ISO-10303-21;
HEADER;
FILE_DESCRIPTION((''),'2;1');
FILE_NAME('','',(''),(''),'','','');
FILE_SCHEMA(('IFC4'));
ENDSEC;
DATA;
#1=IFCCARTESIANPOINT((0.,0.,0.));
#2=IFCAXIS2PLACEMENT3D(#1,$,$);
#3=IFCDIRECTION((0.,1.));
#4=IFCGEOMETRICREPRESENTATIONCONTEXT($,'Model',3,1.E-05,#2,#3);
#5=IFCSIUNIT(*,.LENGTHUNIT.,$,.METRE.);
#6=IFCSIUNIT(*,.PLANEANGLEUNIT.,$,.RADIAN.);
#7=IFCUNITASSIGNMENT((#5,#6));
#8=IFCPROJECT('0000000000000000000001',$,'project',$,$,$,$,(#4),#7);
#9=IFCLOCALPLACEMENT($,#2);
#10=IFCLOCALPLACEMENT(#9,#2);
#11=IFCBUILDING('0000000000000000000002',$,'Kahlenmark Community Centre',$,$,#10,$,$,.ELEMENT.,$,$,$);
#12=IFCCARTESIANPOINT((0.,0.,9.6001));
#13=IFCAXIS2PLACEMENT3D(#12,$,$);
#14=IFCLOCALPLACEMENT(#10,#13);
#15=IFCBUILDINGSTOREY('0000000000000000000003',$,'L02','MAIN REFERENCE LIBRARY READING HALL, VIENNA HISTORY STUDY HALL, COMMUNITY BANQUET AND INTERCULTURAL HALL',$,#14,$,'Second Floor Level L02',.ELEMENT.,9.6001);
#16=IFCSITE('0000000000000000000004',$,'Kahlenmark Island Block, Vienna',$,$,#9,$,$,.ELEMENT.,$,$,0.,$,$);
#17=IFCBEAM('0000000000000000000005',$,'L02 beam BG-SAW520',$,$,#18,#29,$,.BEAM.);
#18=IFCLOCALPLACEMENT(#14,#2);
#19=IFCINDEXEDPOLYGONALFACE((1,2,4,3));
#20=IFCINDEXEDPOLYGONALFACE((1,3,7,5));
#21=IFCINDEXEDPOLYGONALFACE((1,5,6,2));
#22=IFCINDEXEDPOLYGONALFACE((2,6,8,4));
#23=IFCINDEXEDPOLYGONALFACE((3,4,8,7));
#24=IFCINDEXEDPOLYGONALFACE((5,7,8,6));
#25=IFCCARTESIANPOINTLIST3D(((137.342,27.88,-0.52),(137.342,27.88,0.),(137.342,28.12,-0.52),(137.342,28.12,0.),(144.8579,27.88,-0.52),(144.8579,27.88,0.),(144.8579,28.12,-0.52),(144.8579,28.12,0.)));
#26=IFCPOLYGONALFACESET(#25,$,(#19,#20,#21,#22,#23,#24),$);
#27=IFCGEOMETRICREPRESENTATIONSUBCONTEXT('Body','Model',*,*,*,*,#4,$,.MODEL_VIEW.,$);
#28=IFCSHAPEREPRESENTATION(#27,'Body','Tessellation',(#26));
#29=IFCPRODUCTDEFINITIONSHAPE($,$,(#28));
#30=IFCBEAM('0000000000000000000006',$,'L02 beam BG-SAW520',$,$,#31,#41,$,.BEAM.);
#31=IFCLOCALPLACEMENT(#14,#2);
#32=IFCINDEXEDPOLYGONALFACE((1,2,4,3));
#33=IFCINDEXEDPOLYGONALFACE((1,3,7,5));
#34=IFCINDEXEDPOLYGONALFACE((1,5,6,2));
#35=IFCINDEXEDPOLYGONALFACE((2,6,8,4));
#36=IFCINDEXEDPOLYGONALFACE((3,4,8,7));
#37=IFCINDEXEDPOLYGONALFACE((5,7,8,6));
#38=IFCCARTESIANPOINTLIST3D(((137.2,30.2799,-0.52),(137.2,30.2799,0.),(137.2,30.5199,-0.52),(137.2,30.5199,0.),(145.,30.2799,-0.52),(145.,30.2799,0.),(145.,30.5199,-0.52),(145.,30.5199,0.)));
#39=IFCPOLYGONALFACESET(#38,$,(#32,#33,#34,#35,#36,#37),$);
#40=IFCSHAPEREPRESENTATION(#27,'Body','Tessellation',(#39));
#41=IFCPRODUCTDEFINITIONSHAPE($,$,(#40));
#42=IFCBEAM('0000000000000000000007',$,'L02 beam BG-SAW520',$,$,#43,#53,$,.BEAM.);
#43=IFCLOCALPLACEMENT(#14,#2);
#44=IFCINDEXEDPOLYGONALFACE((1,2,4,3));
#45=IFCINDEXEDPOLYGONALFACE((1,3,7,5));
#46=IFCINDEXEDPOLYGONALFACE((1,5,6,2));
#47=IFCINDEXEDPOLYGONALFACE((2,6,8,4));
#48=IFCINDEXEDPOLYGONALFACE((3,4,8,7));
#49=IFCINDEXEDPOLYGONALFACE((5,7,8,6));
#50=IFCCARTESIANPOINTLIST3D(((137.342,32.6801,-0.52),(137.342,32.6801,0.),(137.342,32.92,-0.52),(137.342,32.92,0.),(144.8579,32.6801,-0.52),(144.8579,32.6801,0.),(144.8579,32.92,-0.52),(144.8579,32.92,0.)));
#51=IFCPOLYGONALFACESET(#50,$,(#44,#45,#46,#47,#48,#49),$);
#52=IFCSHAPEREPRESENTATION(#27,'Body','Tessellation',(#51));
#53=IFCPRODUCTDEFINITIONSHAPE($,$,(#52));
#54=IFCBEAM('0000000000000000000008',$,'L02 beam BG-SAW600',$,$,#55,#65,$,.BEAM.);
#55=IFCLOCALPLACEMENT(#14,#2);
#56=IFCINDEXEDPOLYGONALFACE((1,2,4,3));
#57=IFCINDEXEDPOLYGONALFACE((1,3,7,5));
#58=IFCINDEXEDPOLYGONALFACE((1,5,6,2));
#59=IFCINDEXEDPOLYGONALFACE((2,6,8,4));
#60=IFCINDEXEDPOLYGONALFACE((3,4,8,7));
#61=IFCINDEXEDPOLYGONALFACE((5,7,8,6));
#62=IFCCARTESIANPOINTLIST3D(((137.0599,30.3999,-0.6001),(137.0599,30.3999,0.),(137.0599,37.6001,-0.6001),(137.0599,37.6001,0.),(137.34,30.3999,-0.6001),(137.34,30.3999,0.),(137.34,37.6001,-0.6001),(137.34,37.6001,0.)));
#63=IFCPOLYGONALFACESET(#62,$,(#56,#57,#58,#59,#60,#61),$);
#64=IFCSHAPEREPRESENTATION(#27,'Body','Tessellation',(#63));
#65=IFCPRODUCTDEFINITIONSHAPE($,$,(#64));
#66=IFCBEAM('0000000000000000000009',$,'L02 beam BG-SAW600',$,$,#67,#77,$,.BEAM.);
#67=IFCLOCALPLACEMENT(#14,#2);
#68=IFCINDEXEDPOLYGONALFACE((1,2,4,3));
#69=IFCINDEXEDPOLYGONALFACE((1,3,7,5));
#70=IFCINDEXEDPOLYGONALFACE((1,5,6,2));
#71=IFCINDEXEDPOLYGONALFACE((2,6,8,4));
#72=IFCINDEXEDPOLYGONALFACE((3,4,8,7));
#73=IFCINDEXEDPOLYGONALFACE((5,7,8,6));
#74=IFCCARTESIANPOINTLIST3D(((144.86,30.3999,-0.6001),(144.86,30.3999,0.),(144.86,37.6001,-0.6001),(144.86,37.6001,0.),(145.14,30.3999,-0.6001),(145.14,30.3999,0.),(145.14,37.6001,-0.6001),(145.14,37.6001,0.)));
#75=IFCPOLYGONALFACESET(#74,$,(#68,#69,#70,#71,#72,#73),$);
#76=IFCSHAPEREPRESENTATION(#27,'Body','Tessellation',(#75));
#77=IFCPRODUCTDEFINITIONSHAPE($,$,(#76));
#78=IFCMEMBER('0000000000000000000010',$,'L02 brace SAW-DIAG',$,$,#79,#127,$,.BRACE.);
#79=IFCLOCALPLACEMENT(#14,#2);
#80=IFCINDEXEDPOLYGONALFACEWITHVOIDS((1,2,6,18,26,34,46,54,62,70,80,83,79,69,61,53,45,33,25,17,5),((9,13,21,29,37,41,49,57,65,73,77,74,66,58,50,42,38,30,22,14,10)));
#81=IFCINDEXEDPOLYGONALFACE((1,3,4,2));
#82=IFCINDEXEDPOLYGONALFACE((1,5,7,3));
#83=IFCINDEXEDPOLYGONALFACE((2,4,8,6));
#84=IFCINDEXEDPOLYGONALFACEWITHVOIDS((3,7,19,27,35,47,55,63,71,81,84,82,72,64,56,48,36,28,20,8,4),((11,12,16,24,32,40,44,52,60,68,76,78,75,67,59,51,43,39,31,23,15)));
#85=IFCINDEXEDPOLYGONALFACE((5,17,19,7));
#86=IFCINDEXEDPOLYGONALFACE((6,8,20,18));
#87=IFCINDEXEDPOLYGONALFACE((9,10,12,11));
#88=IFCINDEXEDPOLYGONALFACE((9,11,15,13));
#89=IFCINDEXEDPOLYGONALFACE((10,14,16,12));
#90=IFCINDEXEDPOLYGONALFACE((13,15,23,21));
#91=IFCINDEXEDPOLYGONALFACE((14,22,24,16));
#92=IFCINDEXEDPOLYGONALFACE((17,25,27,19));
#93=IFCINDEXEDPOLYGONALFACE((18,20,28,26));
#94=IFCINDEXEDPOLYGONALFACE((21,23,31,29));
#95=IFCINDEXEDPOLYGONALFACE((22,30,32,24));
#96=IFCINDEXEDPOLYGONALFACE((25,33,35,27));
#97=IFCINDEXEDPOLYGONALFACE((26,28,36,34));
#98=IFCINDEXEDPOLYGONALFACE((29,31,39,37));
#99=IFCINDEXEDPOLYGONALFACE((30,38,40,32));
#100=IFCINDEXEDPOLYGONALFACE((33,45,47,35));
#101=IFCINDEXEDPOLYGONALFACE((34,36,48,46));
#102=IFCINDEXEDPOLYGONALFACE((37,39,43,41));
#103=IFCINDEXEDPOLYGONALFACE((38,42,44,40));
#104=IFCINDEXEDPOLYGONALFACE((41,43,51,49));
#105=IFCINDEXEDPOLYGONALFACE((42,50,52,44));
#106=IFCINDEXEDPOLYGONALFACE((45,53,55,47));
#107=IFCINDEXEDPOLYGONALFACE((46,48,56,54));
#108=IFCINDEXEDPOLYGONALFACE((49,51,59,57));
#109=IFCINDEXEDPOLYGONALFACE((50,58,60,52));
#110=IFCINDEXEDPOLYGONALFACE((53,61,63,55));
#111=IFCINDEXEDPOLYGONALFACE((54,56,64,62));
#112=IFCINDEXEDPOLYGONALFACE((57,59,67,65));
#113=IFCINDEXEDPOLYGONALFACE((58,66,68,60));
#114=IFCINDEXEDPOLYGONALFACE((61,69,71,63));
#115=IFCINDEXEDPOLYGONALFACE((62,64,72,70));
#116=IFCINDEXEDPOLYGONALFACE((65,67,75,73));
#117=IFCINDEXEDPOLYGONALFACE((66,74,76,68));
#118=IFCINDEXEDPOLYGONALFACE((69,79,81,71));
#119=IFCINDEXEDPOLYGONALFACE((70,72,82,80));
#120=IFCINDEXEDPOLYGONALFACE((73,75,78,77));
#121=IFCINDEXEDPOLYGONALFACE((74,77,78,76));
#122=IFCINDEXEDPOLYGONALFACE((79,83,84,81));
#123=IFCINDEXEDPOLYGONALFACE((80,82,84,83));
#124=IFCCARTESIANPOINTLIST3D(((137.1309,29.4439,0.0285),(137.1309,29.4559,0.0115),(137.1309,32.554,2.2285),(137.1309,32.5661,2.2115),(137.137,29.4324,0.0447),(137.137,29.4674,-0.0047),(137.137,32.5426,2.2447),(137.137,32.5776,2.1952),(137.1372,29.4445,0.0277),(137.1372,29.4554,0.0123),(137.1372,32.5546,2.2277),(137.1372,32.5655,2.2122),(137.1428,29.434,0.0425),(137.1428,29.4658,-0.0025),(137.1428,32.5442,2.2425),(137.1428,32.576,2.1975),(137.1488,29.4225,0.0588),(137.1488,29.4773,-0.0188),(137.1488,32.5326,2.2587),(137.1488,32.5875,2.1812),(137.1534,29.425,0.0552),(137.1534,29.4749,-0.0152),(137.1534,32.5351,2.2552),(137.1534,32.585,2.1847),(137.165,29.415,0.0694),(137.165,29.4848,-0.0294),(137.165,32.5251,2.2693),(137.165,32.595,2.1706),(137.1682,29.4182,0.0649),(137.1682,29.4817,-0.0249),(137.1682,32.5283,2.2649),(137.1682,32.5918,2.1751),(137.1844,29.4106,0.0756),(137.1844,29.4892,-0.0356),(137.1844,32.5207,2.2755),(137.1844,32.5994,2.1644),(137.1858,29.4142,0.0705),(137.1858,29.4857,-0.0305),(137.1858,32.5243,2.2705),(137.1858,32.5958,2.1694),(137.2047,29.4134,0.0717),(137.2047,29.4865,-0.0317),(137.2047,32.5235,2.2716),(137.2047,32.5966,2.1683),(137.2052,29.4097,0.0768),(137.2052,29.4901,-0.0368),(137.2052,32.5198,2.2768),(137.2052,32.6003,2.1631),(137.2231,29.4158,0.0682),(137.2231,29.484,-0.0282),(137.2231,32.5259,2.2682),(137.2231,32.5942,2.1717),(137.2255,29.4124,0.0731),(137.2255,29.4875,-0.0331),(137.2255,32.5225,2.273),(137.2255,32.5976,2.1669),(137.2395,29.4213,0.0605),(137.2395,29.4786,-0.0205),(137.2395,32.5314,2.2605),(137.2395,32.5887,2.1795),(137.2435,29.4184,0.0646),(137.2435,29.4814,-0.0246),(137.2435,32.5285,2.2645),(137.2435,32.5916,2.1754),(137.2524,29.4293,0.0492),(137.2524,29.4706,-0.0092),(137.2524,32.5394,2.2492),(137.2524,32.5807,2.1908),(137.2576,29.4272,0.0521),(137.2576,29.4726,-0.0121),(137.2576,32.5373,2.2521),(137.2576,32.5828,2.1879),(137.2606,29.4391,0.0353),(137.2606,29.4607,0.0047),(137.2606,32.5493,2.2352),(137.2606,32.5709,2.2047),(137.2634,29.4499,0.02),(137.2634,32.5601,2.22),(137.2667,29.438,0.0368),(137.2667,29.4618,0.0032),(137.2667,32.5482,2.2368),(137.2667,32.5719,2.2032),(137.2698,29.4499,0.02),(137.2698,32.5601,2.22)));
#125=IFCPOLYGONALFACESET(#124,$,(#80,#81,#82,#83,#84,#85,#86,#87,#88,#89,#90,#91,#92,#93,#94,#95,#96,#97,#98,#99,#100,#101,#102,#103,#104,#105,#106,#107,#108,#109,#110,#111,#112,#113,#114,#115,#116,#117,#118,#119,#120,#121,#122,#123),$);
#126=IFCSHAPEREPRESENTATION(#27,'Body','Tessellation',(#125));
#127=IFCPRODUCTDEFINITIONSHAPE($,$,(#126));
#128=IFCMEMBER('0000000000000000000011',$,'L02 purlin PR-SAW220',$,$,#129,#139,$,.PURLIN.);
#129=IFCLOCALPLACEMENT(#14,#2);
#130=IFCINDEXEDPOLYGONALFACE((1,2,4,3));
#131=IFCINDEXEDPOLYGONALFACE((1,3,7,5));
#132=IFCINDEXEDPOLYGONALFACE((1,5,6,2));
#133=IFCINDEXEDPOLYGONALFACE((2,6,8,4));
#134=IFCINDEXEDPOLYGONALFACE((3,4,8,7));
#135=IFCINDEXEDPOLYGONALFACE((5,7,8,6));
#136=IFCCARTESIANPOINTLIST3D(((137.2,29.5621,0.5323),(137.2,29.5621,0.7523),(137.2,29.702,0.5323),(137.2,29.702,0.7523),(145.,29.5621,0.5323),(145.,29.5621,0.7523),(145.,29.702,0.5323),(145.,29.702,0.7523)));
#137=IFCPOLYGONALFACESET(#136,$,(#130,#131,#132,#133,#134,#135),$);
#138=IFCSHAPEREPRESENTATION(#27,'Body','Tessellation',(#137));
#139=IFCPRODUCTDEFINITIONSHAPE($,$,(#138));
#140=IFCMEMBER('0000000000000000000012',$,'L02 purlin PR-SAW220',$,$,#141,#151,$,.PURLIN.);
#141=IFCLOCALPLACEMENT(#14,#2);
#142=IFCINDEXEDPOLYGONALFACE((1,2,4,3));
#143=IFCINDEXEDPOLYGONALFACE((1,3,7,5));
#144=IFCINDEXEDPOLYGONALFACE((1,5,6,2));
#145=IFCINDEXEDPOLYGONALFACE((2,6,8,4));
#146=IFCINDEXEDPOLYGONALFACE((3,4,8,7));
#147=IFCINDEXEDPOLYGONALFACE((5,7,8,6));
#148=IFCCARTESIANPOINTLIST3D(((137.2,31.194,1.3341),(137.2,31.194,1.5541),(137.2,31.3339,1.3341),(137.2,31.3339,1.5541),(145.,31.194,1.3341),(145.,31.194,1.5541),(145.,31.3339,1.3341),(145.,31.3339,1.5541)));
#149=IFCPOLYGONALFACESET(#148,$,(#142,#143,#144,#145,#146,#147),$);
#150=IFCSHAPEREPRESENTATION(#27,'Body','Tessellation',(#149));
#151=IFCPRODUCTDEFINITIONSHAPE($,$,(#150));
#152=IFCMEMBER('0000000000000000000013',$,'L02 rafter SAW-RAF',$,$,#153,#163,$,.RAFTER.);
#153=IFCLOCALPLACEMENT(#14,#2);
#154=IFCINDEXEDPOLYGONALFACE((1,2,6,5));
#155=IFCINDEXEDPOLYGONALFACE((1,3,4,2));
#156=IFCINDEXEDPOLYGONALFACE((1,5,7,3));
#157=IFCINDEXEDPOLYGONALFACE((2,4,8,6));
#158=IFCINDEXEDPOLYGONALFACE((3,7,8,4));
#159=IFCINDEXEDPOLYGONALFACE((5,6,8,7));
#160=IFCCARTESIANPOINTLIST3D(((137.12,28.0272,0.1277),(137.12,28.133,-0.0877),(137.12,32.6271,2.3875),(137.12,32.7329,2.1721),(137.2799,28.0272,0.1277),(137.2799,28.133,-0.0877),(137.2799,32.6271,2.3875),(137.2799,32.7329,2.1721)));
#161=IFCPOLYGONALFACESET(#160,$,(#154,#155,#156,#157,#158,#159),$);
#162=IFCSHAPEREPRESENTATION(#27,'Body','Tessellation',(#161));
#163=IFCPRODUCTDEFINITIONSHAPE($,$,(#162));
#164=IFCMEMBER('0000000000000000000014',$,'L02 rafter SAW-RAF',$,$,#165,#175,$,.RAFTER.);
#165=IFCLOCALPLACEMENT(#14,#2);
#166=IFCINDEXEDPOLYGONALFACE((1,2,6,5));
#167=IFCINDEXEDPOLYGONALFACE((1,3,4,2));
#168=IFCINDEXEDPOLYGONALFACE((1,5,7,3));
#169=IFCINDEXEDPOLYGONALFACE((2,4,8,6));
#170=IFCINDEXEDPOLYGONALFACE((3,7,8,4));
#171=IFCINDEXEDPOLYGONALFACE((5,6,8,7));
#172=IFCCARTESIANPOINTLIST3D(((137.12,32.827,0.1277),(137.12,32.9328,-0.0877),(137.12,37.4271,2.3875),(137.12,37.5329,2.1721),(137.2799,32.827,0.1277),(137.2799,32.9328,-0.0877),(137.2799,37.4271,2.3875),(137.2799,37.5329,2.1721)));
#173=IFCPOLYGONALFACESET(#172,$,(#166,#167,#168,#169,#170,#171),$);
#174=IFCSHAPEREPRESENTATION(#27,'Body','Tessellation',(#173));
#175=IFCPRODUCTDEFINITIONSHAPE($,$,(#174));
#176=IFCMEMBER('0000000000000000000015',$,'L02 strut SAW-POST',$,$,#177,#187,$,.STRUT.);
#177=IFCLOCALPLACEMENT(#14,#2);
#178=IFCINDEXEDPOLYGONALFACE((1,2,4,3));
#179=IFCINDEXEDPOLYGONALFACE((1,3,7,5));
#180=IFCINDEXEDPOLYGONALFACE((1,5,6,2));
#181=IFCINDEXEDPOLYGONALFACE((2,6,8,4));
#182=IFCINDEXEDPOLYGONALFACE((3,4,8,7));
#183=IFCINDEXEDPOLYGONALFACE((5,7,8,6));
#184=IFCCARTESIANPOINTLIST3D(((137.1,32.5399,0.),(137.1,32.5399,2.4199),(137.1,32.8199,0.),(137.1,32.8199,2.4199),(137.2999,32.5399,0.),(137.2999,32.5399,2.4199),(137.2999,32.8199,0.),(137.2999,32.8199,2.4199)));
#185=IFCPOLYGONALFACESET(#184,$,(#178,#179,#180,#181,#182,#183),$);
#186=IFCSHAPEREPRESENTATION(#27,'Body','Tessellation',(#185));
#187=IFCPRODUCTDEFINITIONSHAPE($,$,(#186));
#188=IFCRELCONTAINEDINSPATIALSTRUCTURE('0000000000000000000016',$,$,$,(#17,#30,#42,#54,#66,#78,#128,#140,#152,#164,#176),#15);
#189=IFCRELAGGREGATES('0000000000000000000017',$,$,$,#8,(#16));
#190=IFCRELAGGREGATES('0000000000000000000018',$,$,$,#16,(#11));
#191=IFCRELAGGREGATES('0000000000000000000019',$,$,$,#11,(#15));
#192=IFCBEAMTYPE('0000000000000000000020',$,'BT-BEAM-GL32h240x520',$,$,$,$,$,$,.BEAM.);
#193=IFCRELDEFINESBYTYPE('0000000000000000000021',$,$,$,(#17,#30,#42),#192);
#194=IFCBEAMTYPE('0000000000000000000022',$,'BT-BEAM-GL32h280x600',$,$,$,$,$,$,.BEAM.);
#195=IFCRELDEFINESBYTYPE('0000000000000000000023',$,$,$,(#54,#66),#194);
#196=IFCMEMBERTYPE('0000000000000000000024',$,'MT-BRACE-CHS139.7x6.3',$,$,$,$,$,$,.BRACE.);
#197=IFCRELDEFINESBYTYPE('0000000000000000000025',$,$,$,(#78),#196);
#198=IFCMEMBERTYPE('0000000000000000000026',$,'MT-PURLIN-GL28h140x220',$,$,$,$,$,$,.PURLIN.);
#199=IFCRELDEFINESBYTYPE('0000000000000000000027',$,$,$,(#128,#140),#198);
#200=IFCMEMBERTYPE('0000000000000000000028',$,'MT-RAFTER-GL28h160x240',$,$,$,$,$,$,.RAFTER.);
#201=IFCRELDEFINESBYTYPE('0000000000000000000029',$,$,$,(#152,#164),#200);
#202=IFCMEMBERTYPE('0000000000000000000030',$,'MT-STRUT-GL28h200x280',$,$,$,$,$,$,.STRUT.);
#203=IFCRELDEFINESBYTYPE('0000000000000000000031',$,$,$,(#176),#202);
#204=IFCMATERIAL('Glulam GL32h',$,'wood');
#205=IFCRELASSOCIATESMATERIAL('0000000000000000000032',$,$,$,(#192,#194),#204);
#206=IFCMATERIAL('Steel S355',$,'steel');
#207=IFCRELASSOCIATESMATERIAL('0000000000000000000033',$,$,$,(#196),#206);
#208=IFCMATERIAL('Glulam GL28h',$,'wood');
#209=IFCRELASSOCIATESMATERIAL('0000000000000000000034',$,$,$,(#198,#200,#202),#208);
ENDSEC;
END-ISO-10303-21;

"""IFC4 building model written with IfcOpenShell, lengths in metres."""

from ifc_helpers import new_model, si_unit, direction, frame, origin, origin_2d, place, context, subcontext, project, spatial, rectangle, hollow_circle, extrude, material, material_profile, profile_set, type_object, element, save


model = new_model("IFC4")

# Units and contexts
model_context = context("Model", 3, precision=1e-05, world=origin(), true_north=direction((0.0, 1.0)))
body_context = subcontext(model_context, "Body", "Model", "MODEL_VIEW")
ifc_project = project(units=[si_unit("LENGTHUNIT", "METRE"), si_unit("PLANEANGLEUNIT", "RADIAN")], contexts=[model_context])

# Site, building, storey
site_placement = place(None, origin())
site = spatial("IfcSite", under=ifc_project, at=site_placement, Name="Kahlenmark Island Block, Vienna", CompositionType="ELEMENT", RefElevation=0.0)
building_placement = place(site_placement, origin())
building = spatial("IfcBuilding", under=site, at=building_placement, Name="Kahlenmark Community Centre", CompositionType="ELEMENT")
storey_placement = place(building_placement, frame((0.0, 0.0, 9.6001)))
storey = spatial("IfcBuildingStorey", under=building, at=storey_placement, Name="L02", Description="MAIN REFERENCE LIBRARY READING HALL, VIENNA HISTORY STUDY HALL, COMMUNITY BANQUET AND INTERCULTURAL HALL", LongName="Second Floor Level L02", CompositionType="ELEMENT", Elevation=9.6001)

# Beams
ifc_material_1 = material(Name="Glulam GL32h", Category="wood")
ifc_material_profile_1 = material_profile(ifc_material_1, rectangle(XDim=0.24, YDim=0.52, at=origin_2d()), Name="GL32h 240x520")
ifc_profile_set_1 = profile_set([ifc_material_profile_1], Name="Glulam GL32h")
beam_type_1 = type_object("IfcBeamType", Name="BT-BEAM-GL32h240x520", PredefinedType="BEAM", material=ifc_profile_set_1)
beam_1_placement = place(storey_placement, frame((137.342, 28.0, -0.26), z_axis=(1.0, 0.0, 0.0), x_axis=(0.0, 1.0, 0.0)))
element("IfcBeam", 1, at=beam_1_placement, inside=storey, type_object=beam_type_1, Name="L02 beam BG-SAW520", PredefinedType="BEAM", context=body_context, shape_type="SweptSolid", body=[
    extrude(rectangle(XDim=0.24, YDim=0.52, at=origin_2d()), origin(), (0.0, 0.0, 1.0), 7.5159),
])
beam_2_placement = place(storey_placement, frame((137.2, 30.3999, -0.26), z_axis=(1.0, 0.0, 0.0), x_axis=(0.0, 1.0, 0.0)))
element("IfcBeam", 2, at=beam_2_placement, inside=storey, type_object=beam_type_1, Name="L02 beam BG-SAW520", PredefinedType="BEAM", context=body_context, shape_type="SweptSolid", body=[
    extrude(rectangle(XDim=0.24, YDim=0.52, at=origin_2d()), origin(), (0.0, 0.0, 1.0), 7.8),
])
beam_3_placement = place(storey_placement, frame((137.342, 32.8, -0.26), z_axis=(1.0, 0.0, 0.0), x_axis=(0.0, 1.0, 0.0)))
element("IfcBeam", 3, at=beam_3_placement, inside=storey, type_object=beam_type_1, Name="L02 beam BG-SAW520", PredefinedType="BEAM", context=body_context, shape_type="SweptSolid", body=[
    extrude(rectangle(XDim=0.24, YDim=0.52, at=origin_2d()), origin(), (0.0, 0.0, 1.0), 7.5159),
])
ifc_material_profile_2 = material_profile(ifc_material_1, rectangle(XDim=0.28, YDim=0.6001, at=origin_2d()), Name="GL32h 280x600")
ifc_profile_set_2 = profile_set([ifc_material_profile_2], Name="Glulam GL32h")
beam_type_2 = type_object("IfcBeamType", Name="BT-BEAM-GL32h280x600", PredefinedType="BEAM", material=ifc_profile_set_2)
for number, where, z_axis, x_axis, name in (
    (4, (137.2, 30.3999, -0.3), (0.0, 1.0, 0.0), (-1.0, 0.0, 0.0), "L02 beam BG-SAW600"),
    (5, (145.0, 30.3999, -0.3), (0.0, 1.0, 0.0), (-1.0, 0.0, 0.0), "L02 beam BG-SAW600"),
):
    element("IfcBeam", number, at=place(storey_placement, frame(where, z_axis=z_axis, x_axis=x_axis)), inside=storey, type_object=beam_type_2, Name=name, PredefinedType="BEAM", context=body_context, shape_type="SweptSolid", body=[
        extrude(rectangle(XDim=0.28, YDim=0.6001, at=origin_2d()), origin(), (0.0, 0.0, 1.0), 7.2002),
    ])

# Members
ifc_material_2 = material(Name="Steel S355", Category="steel")
ifc_material_profile_3 = material_profile(ifc_material_2, hollow_circle(Radius=0.0698, WallThickness=0.0063, at=origin_2d()), Name="CHS 139.7x6.3")
ifc_profile_set_3 = profile_set([ifc_material_profile_3], Name="Steel S355")
member_type_1 = type_object("IfcMemberType", Name="MT-BRACE-CHS139.7x6.3", PredefinedType="BRACE", material=ifc_profile_set_3)
member_1_placement = place(storey_placement, frame((137.2, 32.5601, 2.22), z_axis=(0.0, -0.816401, -0.577486), x_axis=(1.0, 0.0, 0.0)))
element("IfcMember", 6, at=member_1_placement, inside=storey, type_object=member_type_1, Name="L02 brace SAW-DIAG", PredefinedType="BRACE", context=body_context, shape_type="SweptSolid", body=[
    extrude(hollow_circle(Radius=0.0698, WallThickness=0.0063, at=origin_2d()), origin(), (0.0, 0.0, 1.0), 3.8096),
])
ifc_material_3 = material(Name="Glulam GL28h", Category="wood")
ifc_material_profile_4 = material_profile(ifc_material_3, rectangle(XDim=0.1399, YDim=0.22, at=origin_2d()), Name="GL28h 140x220")
ifc_profile_set_4 = profile_set([ifc_material_profile_4], Name="Glulam GL28h")
member_type_2 = type_object("IfcMemberType", Name="MT-PURLIN-GL28h140x220", PredefinedType="PURLIN", material=ifc_profile_set_4)
for number, where, z_axis, x_axis, name in (
    (7, (137.2, 29.6321, 0.6423), (1.0, 0.0, 0.0), (0.0, 1.0, 0.0), "L02 purlin PR-SAW220"),
    (8, (137.2, 31.2639, 1.4441), (1.0, 0.0, 0.0), (0.0, 1.0, 0.0), "L02 purlin PR-SAW220"),
):
    element("IfcMember", number, at=place(storey_placement, frame(where, z_axis=z_axis, x_axis=x_axis)), inside=storey, type_object=member_type_2, Name=name, PredefinedType="PURLIN", context=body_context, shape_type="SweptSolid", body=[
        extrude(rectangle(XDim=0.1399, YDim=0.22, at=origin_2d()), origin(), (0.0, 0.0, 1.0), 7.8),
    ])
ifc_material_profile_5 = material_profile(ifc_material_3, rectangle(XDim=0.1599, YDim=0.24, at=origin_2d()), Name="GL28h 160x240")
ifc_profile_set_5 = profile_set([ifc_material_profile_5], Name="Glulam GL28h")
member_type_3 = type_object("IfcMemberType", Name="MT-RAFTER-GL28h160x240", PredefinedType="RAFTER", material=ifc_profile_set_5)
member_2_placement = place(storey_placement, frame((137.2, 28.0801, 0.02), z_axis=(0.0, 0.89754, 0.440934), x_axis=(-1.0, 0.0, 0.0)))
element("IfcMember", 9, at=member_2_placement, inside=storey, type_object=member_type_3, Name="L02 rafter SAW-RAF", PredefinedType="RAFTER", context=body_context, shape_type="SweptSolid", body=[
    extrude(rectangle(XDim=0.1599, YDim=0.24, at=origin_2d()), origin(), (0.0, 0.0, 1.0), 5.125),
])
member_3_placement = place(storey_placement, frame((137.2, 32.8799, 0.02), z_axis=(0.0, 0.897549, 0.440915), x_axis=(-1.0, 0.0, 0.0)))
element("IfcMember", 10, at=member_3_placement, inside=storey, type_object=member_type_3, Name="L02 rafter SAW-RAF", PredefinedType="RAFTER", context=body_context, shape_type="SweptSolid", body=[
    extrude(rectangle(XDim=0.1599, YDim=0.24, at=origin_2d()), origin(), (0.0, 0.0, 1.0), 5.1252),
])
ifc_material_profile_6 = material_profile(ifc_material_3, rectangle(XDim=0.2, YDim=0.28, at=origin_2d()), Name="GL28h 200x280")
ifc_profile_set_6 = profile_set([ifc_material_profile_6], Name="Glulam GL28h")
member_type_4 = type_object("IfcMemberType", Name="MT-STRUT-GL28h200x280", PredefinedType="STRUT", material=ifc_profile_set_6)
member_4_placement = place(storey_placement, frame((137.2, 32.6799, 0.0), z_axis=(0.0, 0.0, 1.0), x_axis=(1.0, 0.0, 0.0)))
element("IfcMember", 11, at=member_4_placement, inside=storey, type_object=member_type_4, Name="L02 strut SAW-POST", PredefinedType="STRUT", context=body_context, shape_type="SweptSolid", body=[
    extrude(rectangle(XDim=0.2, YDim=0.28, at=origin_2d()), origin(), (0.0, 0.0, 1.0), 2.4199),
])

save(model, "model.ifc")
